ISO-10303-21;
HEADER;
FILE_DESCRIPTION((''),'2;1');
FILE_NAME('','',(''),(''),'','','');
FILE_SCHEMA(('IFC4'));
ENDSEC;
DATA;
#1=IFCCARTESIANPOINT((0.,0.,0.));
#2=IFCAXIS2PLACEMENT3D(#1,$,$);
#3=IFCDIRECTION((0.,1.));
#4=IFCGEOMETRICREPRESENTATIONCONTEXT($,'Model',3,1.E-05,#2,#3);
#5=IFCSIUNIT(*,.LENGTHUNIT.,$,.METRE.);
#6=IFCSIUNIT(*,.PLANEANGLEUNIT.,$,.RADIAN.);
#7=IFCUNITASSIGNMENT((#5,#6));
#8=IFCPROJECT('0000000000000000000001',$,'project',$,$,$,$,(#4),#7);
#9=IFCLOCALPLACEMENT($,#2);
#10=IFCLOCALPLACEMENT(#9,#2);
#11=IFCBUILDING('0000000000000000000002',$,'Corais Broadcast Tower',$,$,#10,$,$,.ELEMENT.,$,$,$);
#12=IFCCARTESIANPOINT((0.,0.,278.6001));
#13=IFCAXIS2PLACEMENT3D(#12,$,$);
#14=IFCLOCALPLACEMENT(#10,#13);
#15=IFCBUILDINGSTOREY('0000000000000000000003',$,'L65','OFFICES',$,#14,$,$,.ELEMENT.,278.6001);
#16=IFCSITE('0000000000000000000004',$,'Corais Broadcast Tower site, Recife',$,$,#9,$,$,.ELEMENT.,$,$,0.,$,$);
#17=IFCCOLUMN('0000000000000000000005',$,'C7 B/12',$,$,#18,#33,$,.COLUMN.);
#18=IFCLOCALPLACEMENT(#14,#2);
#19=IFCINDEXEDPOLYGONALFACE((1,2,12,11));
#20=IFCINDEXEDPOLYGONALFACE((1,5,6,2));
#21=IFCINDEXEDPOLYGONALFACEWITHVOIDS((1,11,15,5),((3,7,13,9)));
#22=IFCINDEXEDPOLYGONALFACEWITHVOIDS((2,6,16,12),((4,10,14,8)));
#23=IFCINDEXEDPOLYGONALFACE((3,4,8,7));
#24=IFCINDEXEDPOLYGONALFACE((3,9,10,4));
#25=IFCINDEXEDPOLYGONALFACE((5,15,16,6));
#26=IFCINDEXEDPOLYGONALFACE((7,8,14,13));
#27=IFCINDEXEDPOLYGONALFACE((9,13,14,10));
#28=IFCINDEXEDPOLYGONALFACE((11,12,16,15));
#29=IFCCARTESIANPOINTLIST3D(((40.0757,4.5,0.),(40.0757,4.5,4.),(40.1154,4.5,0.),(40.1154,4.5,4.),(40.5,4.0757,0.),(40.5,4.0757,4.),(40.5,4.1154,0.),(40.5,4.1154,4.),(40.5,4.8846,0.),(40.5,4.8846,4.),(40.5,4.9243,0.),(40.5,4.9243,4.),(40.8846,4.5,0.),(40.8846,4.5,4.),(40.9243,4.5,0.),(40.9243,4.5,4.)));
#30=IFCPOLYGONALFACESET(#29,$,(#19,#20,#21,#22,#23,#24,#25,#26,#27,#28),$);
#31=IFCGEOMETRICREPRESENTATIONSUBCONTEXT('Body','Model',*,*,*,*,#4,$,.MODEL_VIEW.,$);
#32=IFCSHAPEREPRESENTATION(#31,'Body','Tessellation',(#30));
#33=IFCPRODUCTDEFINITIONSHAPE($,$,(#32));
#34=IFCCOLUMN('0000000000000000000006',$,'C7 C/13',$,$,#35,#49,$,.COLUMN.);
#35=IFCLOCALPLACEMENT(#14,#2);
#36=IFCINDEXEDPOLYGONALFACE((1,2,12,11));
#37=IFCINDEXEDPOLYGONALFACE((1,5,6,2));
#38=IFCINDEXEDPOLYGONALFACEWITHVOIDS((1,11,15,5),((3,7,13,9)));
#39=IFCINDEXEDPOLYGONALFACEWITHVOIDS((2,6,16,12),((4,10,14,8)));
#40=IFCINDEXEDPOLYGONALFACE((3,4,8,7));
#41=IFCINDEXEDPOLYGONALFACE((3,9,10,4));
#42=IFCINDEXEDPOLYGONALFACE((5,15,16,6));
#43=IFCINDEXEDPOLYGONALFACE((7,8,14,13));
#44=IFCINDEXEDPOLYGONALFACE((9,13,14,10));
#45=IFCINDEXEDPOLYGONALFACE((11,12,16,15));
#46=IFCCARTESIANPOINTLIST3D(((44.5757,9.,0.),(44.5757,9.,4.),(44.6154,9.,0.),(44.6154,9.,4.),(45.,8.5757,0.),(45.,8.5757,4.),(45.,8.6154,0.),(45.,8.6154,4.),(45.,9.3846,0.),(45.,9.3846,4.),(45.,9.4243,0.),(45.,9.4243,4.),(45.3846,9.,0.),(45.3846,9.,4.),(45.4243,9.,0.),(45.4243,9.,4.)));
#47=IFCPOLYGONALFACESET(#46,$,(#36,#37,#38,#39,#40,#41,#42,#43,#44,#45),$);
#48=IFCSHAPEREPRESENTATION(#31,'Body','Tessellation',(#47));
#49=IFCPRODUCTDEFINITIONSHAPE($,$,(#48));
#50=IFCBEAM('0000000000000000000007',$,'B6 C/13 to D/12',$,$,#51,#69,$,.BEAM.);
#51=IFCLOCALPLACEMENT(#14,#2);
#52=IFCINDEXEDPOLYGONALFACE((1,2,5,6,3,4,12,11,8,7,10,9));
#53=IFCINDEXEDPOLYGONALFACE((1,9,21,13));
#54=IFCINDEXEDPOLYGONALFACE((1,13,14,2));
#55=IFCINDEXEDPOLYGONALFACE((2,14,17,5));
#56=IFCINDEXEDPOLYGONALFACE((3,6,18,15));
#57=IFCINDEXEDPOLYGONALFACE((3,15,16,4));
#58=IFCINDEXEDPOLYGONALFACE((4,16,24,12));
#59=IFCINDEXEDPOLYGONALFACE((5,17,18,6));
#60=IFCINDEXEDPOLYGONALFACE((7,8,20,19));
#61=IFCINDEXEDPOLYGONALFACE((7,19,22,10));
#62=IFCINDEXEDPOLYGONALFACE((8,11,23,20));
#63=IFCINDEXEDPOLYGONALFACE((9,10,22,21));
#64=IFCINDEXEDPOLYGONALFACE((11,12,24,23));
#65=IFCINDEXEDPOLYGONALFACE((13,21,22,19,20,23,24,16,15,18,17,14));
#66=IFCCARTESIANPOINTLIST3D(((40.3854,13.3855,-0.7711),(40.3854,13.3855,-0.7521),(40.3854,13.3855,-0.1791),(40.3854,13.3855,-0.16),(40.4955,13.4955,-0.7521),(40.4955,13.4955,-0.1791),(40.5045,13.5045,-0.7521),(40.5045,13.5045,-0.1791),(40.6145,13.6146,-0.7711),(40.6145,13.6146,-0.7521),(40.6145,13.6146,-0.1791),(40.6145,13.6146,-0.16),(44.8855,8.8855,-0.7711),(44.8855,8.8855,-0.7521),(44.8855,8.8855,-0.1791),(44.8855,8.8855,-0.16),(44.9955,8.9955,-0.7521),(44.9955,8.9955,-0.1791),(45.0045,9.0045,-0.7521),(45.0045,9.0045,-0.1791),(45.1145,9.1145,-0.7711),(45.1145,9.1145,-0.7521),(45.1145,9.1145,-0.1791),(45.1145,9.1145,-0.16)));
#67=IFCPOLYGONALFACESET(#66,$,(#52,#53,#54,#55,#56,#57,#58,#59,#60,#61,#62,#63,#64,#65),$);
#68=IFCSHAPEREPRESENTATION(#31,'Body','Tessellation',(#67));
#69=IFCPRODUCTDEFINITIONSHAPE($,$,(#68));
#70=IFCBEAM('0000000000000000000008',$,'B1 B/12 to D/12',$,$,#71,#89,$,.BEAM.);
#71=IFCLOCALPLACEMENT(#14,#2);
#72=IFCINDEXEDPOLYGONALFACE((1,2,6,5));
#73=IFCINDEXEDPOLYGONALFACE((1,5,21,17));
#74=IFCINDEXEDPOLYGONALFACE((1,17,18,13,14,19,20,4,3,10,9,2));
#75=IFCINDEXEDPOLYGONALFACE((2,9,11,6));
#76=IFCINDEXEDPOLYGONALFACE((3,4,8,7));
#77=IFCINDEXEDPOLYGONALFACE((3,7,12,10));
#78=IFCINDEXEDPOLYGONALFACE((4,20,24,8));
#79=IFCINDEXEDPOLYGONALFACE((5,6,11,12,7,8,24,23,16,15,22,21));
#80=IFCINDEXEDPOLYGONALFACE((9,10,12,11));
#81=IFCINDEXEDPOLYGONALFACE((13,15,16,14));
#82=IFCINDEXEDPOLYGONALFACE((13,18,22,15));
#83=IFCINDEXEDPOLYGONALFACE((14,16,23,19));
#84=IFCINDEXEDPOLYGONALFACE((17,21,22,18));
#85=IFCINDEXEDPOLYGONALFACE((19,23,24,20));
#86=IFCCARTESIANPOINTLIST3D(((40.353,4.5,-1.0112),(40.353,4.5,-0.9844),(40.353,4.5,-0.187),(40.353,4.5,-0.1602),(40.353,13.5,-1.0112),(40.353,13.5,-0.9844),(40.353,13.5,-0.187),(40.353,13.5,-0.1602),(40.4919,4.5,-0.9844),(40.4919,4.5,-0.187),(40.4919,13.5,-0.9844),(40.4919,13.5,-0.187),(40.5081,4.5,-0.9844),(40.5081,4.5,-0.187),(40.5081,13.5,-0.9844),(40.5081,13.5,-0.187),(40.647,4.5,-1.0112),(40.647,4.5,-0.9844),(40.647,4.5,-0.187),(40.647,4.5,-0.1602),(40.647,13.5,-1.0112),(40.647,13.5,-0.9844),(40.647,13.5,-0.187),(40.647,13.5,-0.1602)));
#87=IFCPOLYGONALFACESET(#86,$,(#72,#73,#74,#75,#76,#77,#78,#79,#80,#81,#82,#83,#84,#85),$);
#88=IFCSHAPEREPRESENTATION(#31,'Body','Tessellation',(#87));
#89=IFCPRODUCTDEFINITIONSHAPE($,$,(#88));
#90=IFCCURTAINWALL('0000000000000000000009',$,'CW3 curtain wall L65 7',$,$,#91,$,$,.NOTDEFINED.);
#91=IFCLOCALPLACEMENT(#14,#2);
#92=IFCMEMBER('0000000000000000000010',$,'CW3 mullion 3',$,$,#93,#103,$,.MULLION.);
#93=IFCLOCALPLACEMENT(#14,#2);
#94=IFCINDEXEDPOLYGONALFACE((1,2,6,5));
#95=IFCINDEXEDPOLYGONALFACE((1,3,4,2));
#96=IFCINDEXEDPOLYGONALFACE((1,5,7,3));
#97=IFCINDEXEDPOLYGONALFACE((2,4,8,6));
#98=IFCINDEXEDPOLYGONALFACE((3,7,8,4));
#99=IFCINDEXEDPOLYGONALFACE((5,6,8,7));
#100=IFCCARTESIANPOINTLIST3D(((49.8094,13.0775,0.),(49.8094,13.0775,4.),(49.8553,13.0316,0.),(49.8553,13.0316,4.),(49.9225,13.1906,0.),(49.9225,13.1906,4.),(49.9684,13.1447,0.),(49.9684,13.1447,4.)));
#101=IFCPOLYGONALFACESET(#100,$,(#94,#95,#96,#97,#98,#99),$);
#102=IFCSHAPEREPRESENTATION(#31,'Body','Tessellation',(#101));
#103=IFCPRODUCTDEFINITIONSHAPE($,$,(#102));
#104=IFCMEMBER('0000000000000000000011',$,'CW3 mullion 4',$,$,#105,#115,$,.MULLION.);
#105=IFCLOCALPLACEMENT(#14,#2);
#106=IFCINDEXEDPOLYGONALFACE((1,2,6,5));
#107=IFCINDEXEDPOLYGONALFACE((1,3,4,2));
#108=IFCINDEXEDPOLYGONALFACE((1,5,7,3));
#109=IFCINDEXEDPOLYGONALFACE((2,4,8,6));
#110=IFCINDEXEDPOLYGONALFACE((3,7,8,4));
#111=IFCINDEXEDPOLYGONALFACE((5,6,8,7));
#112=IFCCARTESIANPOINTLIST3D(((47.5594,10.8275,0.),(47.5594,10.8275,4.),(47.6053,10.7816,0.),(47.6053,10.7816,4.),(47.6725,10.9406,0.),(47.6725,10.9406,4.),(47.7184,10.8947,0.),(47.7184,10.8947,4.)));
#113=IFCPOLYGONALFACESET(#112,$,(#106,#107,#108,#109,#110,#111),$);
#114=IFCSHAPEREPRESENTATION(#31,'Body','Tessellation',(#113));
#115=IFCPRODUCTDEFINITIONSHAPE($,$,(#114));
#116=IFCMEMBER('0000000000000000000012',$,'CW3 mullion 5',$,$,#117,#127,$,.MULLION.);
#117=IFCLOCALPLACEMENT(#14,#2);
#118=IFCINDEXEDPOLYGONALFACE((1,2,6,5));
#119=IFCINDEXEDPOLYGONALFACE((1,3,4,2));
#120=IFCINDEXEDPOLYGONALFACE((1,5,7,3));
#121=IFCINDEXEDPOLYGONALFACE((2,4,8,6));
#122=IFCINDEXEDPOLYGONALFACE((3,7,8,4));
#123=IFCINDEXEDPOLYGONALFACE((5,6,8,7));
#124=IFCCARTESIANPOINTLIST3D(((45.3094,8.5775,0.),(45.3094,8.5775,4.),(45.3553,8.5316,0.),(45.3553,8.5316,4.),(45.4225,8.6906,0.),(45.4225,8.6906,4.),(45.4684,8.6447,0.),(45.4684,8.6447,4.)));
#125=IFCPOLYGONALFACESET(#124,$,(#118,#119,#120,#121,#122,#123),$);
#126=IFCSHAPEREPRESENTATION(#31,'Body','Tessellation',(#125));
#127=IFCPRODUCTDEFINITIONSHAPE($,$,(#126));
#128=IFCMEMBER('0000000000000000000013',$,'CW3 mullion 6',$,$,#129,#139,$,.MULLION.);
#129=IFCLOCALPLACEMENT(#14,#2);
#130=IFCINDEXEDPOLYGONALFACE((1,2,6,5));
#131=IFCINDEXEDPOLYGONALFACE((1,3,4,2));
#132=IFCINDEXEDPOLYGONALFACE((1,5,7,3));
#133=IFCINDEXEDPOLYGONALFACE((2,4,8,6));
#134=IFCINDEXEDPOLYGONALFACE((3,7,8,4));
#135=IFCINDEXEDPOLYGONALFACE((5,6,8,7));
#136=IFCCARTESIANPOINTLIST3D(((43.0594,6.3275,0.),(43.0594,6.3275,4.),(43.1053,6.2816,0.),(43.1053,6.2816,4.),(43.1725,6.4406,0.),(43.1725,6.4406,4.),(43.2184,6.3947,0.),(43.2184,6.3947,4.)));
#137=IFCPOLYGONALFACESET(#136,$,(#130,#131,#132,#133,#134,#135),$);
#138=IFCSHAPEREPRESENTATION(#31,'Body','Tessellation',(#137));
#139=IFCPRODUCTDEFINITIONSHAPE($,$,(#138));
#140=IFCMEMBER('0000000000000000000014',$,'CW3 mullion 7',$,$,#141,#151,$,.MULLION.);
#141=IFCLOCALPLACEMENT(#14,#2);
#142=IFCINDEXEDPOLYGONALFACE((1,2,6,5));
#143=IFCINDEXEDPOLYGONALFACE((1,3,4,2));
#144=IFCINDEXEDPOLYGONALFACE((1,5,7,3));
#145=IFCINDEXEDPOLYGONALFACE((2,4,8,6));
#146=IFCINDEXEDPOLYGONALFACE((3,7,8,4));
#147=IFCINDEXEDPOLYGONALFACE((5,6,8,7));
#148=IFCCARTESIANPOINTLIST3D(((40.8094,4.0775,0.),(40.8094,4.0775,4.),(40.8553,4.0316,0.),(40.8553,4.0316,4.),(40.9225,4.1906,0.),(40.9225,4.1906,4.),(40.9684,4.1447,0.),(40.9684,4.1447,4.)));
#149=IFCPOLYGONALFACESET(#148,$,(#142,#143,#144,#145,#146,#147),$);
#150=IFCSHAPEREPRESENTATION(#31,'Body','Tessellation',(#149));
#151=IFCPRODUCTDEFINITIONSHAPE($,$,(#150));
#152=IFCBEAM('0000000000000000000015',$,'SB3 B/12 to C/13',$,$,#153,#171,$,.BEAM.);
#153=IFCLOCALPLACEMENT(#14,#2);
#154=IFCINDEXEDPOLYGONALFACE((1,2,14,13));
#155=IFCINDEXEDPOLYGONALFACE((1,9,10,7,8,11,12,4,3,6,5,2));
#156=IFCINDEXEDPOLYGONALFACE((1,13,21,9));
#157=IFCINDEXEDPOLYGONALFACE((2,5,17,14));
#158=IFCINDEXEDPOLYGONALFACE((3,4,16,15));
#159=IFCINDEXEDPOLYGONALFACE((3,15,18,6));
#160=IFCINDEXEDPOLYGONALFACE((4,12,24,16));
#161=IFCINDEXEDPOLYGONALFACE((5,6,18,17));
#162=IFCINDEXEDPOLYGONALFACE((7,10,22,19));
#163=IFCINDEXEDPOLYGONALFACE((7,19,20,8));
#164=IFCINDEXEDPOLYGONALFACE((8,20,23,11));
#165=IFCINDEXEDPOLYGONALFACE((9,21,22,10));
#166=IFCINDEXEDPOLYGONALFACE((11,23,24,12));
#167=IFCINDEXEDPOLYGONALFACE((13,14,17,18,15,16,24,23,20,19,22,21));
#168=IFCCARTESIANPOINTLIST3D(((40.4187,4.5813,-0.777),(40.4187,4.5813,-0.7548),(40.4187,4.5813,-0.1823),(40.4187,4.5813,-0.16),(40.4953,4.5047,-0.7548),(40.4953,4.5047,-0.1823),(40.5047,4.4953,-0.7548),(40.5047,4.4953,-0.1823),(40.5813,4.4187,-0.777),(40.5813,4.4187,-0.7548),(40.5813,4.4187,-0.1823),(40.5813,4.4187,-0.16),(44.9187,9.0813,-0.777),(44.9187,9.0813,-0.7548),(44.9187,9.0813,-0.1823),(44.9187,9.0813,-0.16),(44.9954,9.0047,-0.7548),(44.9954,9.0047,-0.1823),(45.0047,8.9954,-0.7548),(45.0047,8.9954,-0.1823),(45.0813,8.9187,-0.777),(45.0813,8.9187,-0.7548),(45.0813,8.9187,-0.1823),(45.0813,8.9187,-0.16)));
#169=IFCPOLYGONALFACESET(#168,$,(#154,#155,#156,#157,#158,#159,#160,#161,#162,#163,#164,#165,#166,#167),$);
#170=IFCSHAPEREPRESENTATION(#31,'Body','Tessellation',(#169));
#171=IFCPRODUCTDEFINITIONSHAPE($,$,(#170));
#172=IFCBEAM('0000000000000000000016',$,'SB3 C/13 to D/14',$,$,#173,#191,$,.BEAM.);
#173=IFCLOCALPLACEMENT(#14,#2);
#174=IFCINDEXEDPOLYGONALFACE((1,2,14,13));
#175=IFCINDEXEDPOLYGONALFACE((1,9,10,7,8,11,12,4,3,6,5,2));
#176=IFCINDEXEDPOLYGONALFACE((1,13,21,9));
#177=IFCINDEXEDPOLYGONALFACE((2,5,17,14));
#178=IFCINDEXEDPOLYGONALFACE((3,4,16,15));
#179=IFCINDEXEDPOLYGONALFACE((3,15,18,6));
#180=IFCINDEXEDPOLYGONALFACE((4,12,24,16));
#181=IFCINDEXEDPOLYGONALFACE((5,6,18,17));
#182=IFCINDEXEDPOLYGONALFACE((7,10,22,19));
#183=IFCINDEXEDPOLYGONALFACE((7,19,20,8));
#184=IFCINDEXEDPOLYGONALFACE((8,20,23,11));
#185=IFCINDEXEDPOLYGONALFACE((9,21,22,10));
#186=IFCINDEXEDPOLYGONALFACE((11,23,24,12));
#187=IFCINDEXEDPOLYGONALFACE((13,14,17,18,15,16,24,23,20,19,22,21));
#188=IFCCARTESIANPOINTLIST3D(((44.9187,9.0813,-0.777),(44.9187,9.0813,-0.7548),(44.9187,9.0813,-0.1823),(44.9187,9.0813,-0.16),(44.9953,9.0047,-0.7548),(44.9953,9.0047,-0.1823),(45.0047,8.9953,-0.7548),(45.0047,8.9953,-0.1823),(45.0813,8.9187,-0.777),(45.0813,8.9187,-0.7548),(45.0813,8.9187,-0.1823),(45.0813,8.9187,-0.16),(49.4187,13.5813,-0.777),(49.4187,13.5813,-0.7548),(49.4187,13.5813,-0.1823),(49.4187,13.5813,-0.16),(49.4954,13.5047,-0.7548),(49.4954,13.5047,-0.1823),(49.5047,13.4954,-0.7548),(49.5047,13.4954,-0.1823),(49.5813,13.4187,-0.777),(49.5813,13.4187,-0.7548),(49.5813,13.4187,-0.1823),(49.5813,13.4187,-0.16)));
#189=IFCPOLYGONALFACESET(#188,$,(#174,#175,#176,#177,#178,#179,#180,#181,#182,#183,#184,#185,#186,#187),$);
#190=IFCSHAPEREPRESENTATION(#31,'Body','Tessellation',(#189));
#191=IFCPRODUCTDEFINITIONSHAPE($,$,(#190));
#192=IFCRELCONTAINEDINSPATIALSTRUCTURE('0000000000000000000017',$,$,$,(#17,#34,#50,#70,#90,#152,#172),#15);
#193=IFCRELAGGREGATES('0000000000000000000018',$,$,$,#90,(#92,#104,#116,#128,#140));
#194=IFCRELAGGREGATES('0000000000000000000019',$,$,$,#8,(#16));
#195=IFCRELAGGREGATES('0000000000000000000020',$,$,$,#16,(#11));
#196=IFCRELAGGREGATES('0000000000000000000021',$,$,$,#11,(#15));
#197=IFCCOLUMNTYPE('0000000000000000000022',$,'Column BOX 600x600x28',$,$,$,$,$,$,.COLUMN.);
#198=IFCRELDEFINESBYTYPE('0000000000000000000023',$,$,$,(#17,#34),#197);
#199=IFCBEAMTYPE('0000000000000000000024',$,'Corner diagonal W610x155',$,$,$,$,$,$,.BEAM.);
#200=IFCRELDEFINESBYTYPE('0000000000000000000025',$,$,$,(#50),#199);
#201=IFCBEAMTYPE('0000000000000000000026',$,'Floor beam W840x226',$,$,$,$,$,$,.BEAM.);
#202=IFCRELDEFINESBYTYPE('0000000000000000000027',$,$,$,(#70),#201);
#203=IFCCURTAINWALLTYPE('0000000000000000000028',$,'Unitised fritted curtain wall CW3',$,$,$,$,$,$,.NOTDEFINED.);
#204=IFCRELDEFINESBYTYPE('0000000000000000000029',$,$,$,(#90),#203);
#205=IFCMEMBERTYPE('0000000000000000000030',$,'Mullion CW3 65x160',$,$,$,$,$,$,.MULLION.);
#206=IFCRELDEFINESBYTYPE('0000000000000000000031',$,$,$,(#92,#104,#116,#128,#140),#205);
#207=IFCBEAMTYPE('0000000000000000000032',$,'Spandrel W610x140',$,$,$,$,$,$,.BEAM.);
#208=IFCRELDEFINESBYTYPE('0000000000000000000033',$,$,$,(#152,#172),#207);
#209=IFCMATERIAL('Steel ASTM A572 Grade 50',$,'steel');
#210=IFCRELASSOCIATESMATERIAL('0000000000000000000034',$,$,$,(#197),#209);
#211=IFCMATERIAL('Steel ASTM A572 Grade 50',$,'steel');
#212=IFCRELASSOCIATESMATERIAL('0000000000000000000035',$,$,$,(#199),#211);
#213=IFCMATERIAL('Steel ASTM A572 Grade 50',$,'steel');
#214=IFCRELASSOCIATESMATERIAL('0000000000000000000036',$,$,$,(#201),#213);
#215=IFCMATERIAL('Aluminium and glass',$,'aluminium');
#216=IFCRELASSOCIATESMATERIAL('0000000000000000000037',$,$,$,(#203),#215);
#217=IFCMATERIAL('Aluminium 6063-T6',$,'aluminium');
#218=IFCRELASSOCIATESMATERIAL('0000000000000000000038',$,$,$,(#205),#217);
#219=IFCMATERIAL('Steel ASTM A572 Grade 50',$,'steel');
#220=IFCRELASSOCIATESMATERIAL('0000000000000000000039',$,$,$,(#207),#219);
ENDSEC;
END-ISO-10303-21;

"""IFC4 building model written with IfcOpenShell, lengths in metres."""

from ifc_helpers import new_model, si_unit, direction, frame, origin, origin_2d, place, context, subcontext, project, spatial, rectangle, hollow_rectangle, i_section, extrude, material, material_profile, profile_set, type_object, element, aggregate, save


model = new_model("IFC4")

# Units and contexts
model_context = context("Model", 3, precision=1e-05, world=origin(), true_north=direction((0.0, 1.0)))
body_context = subcontext(model_context, "Body", "Model", "MODEL_VIEW")
ifc_project = project(units=[si_unit("LENGTHUNIT", "METRE"), si_unit("PLANEANGLEUNIT", "RADIAN")], contexts=[model_context])

# Site, building, storey
site_placement = place(None, origin())
site = spatial("IfcSite", under=ifc_project, at=site_placement, Name="Corais Broadcast Tower site, Recife", CompositionType="ELEMENT", RefElevation=0.0)
building_placement = place(site_placement, origin())
building = spatial("IfcBuilding", under=site, at=building_placement, Name="Corais Broadcast Tower", CompositionType="ELEMENT")
storey_placement = place(building_placement, frame((0.0, 0.0, 278.6001)))
storey = spatial("IfcBuildingStorey", under=building, at=storey_placement, Name="L65", Description="OFFICES", CompositionType="ELEMENT", Elevation=278.6001)

# Columns
ifc_material_1 = material(Name="Steel ASTM A572 Grade 50", Category="steel")
ifc_material_profile_1 = material_profile(ifc_material_1, hollow_rectangle(XDim=0.6001, YDim=0.6001, WallThickness=0.0281, at=origin_2d()), Name="BOX 600x600x28")
ifc_profile_set_1 = profile_set([ifc_material_profile_1], Name="Steel ASTM A572 Grade 50")
column_type = type_object("IfcColumnType", Name="Column BOX 600x600x28", PredefinedType="COLUMN", material=ifc_profile_set_1)
for number, where, z_axis, x_axis, name in (
    (1, (40.5, 4.5, 0.0), (0.0, 0.0, 1.0), (0.707107, 0.707107, 0.0), "C7 B/12"),
    (2, (45.0, 9.0, 0.0), (0.0, 0.0, 1.0), (0.707107, 0.707107, 0.0), "C7 C/13"),
):
    element("IfcColumn", number, at=place(storey_placement, frame(where, z_axis=z_axis, x_axis=x_axis)), inside=storey, type_object=column_type, Name=name, PredefinedType="COLUMN", context=body_context, shape_type="SweptSolid", body=[
        extrude(hollow_rectangle(XDim=0.6001, YDim=0.6001, WallThickness=0.0281, at=origin_2d()), origin(), (0.0, 0.0, 1.0), 4.0),
    ])

# Beams
ifc_material_2 = material(Name="Steel ASTM A572 Grade 50", Category="steel")
ifc_material_profile_2 = material_profile(ifc_material_2, i_section(OverallWidth=0.324, OverallDepth=0.6111, WebThickness=0.0127, FlangeThickness=0.019, at=origin_2d()), Name="W610x155")
ifc_profile_set_2 = profile_set([ifc_material_profile_2], Name="Steel ASTM A572 Grade 50")
beam_type_1 = type_object("IfcBeamType", Name="Corner diagonal W610x155", PredefinedType="BEAM", material=ifc_profile_set_2)
beam_1_placement = place(storey_placement, frame((45.0, 9.0, -0.4656), z_axis=(-0.707107, 0.707107, 0.0), x_axis=(-0.707107, -0.707107, 0.0)))
element("IfcBeam", 3, at=beam_1_placement, inside=storey, type_object=beam_type_1, Name="B6 C/13 to D/12", PredefinedType="BEAM", context=body_context, shape_type="SweptSolid", body=[
    extrude(i_section(OverallWidth=0.324, OverallDepth=0.6111, WebThickness=0.0127, FlangeThickness=0.019, at=origin_2d()), origin(), (0.0, 0.0, 1.0), 6.364),
])
ifc_material_3 = material(Name="Steel ASTM A572 Grade 50", Category="steel")
ifc_material_profile_3 = material_profile(ifc_material_3, i_section(OverallWidth=0.2939, OverallDepth=0.8511, WebThickness=0.0161, FlangeThickness=0.0269, at=origin_2d()), Name="W840x226")
ifc_profile_set_3 = profile_set([ifc_material_profile_3], Name="Steel ASTM A572 Grade 50")
beam_type_2 = type_object("IfcBeamType", Name="Floor beam W840x226", PredefinedType="BEAM", material=ifc_profile_set_3)
beam_2_placement = place(storey_placement, frame((40.5, 4.5, -0.5857), z_axis=(0.0, 1.0, 0.0), x_axis=(-1.0, 0.0, 0.0)))
element("IfcBeam", 4, at=beam_2_placement, inside=storey, type_object=beam_type_2, Name="B1 B/12 to D/12", PredefinedType="BEAM", context=body_context, shape_type="SweptSolid", body=[
    extrude(i_section(OverallWidth=0.2939, OverallDepth=0.8511, WebThickness=0.0161, FlangeThickness=0.0269, at=origin_2d()), origin(), (0.0, 0.0, 1.0), 9.0),
])

# Curtain wall, members
ifc_material_4 = material(Name="Aluminium and glass", Category="aluminium")
curtain_wall_type = type_object("IfcCurtainWallType", Name="Unitised fritted curtain wall CW3", PredefinedType="NOTDEFINED", material=ifc_material_4)
curtain_wall_placement = place(storey_placement, origin())
curtain_wall = element("IfcCurtainWall", 5, at=curtain_wall_placement, inside=storey, type_object=curtain_wall_type, Name="CW3 curtain wall L65 7", PredefinedType="NOTDEFINED")
ifc_material_5 = material(Name="Aluminium 6063-T6", Category="aluminium")
ifc_material_profile_4 = material_profile(ifc_material_5, rectangle(XDim=0.0649, YDim=0.1599, at=origin_2d()), Name="Mullion CW3 65x160")
ifc_profile_set_4 = profile_set([ifc_material_profile_4], Name="Aluminium 6063-T6")
member_type_1 = type_object("IfcMemberType", Name="Mullion CW3 65x160", PredefinedType="MULLION", material=ifc_profile_set_4)
member_1_placement = place(storey_placement, frame((49.8889, 13.1111, 0.0), z_axis=(0.0, 0.0, 1.0), x_axis=(0.707107, -0.707107, 0.0)))
member_1 = element("IfcMember", 6, at=member_1_placement, type_object=member_type_1, Name="CW3 mullion 3", PredefinedType="MULLION", context=body_context, shape_type="SweptSolid", body=[
    extrude(rectangle(XDim=0.0649, YDim=0.1599, at=origin_2d()), origin(), (0.0, 0.0, 1.0), 4.0),
])
member_2_placement = place(storey_placement, frame((47.6389, 10.8611, 0.0), z_axis=(0.0, 0.0, 1.0), x_axis=(0.707107, -0.707107, 0.0)))
member_2 = element("IfcMember", 7, at=member_2_placement, type_object=member_type_1, Name="CW3 mullion 4", PredefinedType="MULLION", context=body_context, shape_type="SweptSolid", body=[
    extrude(rectangle(XDim=0.0649, YDim=0.1599, at=origin_2d()), origin(), (0.0, 0.0, 1.0), 4.0),
])
member_3_placement = place(storey_placement, frame((45.3889, 8.6111, 0.0), z_axis=(0.0, 0.0, 1.0), x_axis=(0.707107, -0.707107, 0.0)))
member_3 = element("IfcMember", 8, at=member_3_placement, type_object=member_type_1, Name="CW3 mullion 5", PredefinedType="MULLION", context=body_context, shape_type="SweptSolid", body=[
    extrude(rectangle(XDim=0.0649, YDim=0.1599, at=origin_2d()), origin(), (0.0, 0.0, 1.0), 4.0),
])
member_4_placement = place(storey_placement, frame((43.1389, 6.3611, 0.0), z_axis=(0.0, 0.0, 1.0), x_axis=(0.707107, -0.707107, 0.0)))
member_4 = element("IfcMember", 9, at=member_4_placement, type_object=member_type_1, Name="CW3 mullion 6", PredefinedType="MULLION", context=body_context, shape_type="SweptSolid", body=[
    extrude(rectangle(XDim=0.0649, YDim=0.1599, at=origin_2d()), origin(), (0.0, 0.0, 1.0), 4.0),
])
member_5_placement = place(storey_placement, frame((40.8889, 4.1111, 0.0), z_axis=(0.0, 0.0, 1.0), x_axis=(0.707107, -0.707107, 0.0)))
member_5 = element("IfcMember", 10, at=member_5_placement, type_object=member_type_1, Name="CW3 mullion 7", PredefinedType="MULLION", context=body_context, shape_type="SweptSolid", body=[
    extrude(rectangle(XDim=0.0649, YDim=0.1599, at=origin_2d()), origin(), (0.0, 0.0, 1.0), 4.0),
])

# Beams
ifc_material_6 = material(Name="Steel ASTM A572 Grade 50", Category="steel")
ifc_material_profile_5 = material_profile(ifc_material_6, i_section(OverallWidth=0.23, OverallDepth=0.6169, WebThickness=0.0132, FlangeThickness=0.0222, at=origin_2d()), Name="W610x140")
ifc_profile_set_5 = profile_set([ifc_material_profile_5], Name="Steel ASTM A572 Grade 50")
beam_type_3 = type_object("IfcBeamType", Name="Spandrel W610x140", PredefinedType="BEAM", material=ifc_profile_set_5)
for number, where, z_axis, x_axis, name in (
    (11, (40.5, 4.5, -0.4685), (0.707107, 0.707107, 0.0), (-0.707107, 0.707107, 0.0), "SB3 B/12 to C/13"),
    (12, (45.0, 9.0, -0.4685), (0.707107, 0.707107, 0.0), (-0.707107, 0.707107, 0.0), "SB3 C/13 to D/14"),
):
    element("IfcBeam", number, at=place(storey_placement, frame(where, z_axis=z_axis, x_axis=x_axis)), inside=storey, type_object=beam_type_3, Name=name, PredefinedType="BEAM", context=body_context, shape_type="SweptSolid", body=[
        extrude(i_section(OverallWidth=0.23, OverallDepth=0.6169, WebThickness=0.0132, FlangeThickness=0.0222, at=origin_2d()), origin(), (0.0, 0.0, 1.0), 6.364),
    ])

aggregate(curtain_wall, [member_1, member_2, member_3, member_4, member_5])

save(model, "model.ifc")
